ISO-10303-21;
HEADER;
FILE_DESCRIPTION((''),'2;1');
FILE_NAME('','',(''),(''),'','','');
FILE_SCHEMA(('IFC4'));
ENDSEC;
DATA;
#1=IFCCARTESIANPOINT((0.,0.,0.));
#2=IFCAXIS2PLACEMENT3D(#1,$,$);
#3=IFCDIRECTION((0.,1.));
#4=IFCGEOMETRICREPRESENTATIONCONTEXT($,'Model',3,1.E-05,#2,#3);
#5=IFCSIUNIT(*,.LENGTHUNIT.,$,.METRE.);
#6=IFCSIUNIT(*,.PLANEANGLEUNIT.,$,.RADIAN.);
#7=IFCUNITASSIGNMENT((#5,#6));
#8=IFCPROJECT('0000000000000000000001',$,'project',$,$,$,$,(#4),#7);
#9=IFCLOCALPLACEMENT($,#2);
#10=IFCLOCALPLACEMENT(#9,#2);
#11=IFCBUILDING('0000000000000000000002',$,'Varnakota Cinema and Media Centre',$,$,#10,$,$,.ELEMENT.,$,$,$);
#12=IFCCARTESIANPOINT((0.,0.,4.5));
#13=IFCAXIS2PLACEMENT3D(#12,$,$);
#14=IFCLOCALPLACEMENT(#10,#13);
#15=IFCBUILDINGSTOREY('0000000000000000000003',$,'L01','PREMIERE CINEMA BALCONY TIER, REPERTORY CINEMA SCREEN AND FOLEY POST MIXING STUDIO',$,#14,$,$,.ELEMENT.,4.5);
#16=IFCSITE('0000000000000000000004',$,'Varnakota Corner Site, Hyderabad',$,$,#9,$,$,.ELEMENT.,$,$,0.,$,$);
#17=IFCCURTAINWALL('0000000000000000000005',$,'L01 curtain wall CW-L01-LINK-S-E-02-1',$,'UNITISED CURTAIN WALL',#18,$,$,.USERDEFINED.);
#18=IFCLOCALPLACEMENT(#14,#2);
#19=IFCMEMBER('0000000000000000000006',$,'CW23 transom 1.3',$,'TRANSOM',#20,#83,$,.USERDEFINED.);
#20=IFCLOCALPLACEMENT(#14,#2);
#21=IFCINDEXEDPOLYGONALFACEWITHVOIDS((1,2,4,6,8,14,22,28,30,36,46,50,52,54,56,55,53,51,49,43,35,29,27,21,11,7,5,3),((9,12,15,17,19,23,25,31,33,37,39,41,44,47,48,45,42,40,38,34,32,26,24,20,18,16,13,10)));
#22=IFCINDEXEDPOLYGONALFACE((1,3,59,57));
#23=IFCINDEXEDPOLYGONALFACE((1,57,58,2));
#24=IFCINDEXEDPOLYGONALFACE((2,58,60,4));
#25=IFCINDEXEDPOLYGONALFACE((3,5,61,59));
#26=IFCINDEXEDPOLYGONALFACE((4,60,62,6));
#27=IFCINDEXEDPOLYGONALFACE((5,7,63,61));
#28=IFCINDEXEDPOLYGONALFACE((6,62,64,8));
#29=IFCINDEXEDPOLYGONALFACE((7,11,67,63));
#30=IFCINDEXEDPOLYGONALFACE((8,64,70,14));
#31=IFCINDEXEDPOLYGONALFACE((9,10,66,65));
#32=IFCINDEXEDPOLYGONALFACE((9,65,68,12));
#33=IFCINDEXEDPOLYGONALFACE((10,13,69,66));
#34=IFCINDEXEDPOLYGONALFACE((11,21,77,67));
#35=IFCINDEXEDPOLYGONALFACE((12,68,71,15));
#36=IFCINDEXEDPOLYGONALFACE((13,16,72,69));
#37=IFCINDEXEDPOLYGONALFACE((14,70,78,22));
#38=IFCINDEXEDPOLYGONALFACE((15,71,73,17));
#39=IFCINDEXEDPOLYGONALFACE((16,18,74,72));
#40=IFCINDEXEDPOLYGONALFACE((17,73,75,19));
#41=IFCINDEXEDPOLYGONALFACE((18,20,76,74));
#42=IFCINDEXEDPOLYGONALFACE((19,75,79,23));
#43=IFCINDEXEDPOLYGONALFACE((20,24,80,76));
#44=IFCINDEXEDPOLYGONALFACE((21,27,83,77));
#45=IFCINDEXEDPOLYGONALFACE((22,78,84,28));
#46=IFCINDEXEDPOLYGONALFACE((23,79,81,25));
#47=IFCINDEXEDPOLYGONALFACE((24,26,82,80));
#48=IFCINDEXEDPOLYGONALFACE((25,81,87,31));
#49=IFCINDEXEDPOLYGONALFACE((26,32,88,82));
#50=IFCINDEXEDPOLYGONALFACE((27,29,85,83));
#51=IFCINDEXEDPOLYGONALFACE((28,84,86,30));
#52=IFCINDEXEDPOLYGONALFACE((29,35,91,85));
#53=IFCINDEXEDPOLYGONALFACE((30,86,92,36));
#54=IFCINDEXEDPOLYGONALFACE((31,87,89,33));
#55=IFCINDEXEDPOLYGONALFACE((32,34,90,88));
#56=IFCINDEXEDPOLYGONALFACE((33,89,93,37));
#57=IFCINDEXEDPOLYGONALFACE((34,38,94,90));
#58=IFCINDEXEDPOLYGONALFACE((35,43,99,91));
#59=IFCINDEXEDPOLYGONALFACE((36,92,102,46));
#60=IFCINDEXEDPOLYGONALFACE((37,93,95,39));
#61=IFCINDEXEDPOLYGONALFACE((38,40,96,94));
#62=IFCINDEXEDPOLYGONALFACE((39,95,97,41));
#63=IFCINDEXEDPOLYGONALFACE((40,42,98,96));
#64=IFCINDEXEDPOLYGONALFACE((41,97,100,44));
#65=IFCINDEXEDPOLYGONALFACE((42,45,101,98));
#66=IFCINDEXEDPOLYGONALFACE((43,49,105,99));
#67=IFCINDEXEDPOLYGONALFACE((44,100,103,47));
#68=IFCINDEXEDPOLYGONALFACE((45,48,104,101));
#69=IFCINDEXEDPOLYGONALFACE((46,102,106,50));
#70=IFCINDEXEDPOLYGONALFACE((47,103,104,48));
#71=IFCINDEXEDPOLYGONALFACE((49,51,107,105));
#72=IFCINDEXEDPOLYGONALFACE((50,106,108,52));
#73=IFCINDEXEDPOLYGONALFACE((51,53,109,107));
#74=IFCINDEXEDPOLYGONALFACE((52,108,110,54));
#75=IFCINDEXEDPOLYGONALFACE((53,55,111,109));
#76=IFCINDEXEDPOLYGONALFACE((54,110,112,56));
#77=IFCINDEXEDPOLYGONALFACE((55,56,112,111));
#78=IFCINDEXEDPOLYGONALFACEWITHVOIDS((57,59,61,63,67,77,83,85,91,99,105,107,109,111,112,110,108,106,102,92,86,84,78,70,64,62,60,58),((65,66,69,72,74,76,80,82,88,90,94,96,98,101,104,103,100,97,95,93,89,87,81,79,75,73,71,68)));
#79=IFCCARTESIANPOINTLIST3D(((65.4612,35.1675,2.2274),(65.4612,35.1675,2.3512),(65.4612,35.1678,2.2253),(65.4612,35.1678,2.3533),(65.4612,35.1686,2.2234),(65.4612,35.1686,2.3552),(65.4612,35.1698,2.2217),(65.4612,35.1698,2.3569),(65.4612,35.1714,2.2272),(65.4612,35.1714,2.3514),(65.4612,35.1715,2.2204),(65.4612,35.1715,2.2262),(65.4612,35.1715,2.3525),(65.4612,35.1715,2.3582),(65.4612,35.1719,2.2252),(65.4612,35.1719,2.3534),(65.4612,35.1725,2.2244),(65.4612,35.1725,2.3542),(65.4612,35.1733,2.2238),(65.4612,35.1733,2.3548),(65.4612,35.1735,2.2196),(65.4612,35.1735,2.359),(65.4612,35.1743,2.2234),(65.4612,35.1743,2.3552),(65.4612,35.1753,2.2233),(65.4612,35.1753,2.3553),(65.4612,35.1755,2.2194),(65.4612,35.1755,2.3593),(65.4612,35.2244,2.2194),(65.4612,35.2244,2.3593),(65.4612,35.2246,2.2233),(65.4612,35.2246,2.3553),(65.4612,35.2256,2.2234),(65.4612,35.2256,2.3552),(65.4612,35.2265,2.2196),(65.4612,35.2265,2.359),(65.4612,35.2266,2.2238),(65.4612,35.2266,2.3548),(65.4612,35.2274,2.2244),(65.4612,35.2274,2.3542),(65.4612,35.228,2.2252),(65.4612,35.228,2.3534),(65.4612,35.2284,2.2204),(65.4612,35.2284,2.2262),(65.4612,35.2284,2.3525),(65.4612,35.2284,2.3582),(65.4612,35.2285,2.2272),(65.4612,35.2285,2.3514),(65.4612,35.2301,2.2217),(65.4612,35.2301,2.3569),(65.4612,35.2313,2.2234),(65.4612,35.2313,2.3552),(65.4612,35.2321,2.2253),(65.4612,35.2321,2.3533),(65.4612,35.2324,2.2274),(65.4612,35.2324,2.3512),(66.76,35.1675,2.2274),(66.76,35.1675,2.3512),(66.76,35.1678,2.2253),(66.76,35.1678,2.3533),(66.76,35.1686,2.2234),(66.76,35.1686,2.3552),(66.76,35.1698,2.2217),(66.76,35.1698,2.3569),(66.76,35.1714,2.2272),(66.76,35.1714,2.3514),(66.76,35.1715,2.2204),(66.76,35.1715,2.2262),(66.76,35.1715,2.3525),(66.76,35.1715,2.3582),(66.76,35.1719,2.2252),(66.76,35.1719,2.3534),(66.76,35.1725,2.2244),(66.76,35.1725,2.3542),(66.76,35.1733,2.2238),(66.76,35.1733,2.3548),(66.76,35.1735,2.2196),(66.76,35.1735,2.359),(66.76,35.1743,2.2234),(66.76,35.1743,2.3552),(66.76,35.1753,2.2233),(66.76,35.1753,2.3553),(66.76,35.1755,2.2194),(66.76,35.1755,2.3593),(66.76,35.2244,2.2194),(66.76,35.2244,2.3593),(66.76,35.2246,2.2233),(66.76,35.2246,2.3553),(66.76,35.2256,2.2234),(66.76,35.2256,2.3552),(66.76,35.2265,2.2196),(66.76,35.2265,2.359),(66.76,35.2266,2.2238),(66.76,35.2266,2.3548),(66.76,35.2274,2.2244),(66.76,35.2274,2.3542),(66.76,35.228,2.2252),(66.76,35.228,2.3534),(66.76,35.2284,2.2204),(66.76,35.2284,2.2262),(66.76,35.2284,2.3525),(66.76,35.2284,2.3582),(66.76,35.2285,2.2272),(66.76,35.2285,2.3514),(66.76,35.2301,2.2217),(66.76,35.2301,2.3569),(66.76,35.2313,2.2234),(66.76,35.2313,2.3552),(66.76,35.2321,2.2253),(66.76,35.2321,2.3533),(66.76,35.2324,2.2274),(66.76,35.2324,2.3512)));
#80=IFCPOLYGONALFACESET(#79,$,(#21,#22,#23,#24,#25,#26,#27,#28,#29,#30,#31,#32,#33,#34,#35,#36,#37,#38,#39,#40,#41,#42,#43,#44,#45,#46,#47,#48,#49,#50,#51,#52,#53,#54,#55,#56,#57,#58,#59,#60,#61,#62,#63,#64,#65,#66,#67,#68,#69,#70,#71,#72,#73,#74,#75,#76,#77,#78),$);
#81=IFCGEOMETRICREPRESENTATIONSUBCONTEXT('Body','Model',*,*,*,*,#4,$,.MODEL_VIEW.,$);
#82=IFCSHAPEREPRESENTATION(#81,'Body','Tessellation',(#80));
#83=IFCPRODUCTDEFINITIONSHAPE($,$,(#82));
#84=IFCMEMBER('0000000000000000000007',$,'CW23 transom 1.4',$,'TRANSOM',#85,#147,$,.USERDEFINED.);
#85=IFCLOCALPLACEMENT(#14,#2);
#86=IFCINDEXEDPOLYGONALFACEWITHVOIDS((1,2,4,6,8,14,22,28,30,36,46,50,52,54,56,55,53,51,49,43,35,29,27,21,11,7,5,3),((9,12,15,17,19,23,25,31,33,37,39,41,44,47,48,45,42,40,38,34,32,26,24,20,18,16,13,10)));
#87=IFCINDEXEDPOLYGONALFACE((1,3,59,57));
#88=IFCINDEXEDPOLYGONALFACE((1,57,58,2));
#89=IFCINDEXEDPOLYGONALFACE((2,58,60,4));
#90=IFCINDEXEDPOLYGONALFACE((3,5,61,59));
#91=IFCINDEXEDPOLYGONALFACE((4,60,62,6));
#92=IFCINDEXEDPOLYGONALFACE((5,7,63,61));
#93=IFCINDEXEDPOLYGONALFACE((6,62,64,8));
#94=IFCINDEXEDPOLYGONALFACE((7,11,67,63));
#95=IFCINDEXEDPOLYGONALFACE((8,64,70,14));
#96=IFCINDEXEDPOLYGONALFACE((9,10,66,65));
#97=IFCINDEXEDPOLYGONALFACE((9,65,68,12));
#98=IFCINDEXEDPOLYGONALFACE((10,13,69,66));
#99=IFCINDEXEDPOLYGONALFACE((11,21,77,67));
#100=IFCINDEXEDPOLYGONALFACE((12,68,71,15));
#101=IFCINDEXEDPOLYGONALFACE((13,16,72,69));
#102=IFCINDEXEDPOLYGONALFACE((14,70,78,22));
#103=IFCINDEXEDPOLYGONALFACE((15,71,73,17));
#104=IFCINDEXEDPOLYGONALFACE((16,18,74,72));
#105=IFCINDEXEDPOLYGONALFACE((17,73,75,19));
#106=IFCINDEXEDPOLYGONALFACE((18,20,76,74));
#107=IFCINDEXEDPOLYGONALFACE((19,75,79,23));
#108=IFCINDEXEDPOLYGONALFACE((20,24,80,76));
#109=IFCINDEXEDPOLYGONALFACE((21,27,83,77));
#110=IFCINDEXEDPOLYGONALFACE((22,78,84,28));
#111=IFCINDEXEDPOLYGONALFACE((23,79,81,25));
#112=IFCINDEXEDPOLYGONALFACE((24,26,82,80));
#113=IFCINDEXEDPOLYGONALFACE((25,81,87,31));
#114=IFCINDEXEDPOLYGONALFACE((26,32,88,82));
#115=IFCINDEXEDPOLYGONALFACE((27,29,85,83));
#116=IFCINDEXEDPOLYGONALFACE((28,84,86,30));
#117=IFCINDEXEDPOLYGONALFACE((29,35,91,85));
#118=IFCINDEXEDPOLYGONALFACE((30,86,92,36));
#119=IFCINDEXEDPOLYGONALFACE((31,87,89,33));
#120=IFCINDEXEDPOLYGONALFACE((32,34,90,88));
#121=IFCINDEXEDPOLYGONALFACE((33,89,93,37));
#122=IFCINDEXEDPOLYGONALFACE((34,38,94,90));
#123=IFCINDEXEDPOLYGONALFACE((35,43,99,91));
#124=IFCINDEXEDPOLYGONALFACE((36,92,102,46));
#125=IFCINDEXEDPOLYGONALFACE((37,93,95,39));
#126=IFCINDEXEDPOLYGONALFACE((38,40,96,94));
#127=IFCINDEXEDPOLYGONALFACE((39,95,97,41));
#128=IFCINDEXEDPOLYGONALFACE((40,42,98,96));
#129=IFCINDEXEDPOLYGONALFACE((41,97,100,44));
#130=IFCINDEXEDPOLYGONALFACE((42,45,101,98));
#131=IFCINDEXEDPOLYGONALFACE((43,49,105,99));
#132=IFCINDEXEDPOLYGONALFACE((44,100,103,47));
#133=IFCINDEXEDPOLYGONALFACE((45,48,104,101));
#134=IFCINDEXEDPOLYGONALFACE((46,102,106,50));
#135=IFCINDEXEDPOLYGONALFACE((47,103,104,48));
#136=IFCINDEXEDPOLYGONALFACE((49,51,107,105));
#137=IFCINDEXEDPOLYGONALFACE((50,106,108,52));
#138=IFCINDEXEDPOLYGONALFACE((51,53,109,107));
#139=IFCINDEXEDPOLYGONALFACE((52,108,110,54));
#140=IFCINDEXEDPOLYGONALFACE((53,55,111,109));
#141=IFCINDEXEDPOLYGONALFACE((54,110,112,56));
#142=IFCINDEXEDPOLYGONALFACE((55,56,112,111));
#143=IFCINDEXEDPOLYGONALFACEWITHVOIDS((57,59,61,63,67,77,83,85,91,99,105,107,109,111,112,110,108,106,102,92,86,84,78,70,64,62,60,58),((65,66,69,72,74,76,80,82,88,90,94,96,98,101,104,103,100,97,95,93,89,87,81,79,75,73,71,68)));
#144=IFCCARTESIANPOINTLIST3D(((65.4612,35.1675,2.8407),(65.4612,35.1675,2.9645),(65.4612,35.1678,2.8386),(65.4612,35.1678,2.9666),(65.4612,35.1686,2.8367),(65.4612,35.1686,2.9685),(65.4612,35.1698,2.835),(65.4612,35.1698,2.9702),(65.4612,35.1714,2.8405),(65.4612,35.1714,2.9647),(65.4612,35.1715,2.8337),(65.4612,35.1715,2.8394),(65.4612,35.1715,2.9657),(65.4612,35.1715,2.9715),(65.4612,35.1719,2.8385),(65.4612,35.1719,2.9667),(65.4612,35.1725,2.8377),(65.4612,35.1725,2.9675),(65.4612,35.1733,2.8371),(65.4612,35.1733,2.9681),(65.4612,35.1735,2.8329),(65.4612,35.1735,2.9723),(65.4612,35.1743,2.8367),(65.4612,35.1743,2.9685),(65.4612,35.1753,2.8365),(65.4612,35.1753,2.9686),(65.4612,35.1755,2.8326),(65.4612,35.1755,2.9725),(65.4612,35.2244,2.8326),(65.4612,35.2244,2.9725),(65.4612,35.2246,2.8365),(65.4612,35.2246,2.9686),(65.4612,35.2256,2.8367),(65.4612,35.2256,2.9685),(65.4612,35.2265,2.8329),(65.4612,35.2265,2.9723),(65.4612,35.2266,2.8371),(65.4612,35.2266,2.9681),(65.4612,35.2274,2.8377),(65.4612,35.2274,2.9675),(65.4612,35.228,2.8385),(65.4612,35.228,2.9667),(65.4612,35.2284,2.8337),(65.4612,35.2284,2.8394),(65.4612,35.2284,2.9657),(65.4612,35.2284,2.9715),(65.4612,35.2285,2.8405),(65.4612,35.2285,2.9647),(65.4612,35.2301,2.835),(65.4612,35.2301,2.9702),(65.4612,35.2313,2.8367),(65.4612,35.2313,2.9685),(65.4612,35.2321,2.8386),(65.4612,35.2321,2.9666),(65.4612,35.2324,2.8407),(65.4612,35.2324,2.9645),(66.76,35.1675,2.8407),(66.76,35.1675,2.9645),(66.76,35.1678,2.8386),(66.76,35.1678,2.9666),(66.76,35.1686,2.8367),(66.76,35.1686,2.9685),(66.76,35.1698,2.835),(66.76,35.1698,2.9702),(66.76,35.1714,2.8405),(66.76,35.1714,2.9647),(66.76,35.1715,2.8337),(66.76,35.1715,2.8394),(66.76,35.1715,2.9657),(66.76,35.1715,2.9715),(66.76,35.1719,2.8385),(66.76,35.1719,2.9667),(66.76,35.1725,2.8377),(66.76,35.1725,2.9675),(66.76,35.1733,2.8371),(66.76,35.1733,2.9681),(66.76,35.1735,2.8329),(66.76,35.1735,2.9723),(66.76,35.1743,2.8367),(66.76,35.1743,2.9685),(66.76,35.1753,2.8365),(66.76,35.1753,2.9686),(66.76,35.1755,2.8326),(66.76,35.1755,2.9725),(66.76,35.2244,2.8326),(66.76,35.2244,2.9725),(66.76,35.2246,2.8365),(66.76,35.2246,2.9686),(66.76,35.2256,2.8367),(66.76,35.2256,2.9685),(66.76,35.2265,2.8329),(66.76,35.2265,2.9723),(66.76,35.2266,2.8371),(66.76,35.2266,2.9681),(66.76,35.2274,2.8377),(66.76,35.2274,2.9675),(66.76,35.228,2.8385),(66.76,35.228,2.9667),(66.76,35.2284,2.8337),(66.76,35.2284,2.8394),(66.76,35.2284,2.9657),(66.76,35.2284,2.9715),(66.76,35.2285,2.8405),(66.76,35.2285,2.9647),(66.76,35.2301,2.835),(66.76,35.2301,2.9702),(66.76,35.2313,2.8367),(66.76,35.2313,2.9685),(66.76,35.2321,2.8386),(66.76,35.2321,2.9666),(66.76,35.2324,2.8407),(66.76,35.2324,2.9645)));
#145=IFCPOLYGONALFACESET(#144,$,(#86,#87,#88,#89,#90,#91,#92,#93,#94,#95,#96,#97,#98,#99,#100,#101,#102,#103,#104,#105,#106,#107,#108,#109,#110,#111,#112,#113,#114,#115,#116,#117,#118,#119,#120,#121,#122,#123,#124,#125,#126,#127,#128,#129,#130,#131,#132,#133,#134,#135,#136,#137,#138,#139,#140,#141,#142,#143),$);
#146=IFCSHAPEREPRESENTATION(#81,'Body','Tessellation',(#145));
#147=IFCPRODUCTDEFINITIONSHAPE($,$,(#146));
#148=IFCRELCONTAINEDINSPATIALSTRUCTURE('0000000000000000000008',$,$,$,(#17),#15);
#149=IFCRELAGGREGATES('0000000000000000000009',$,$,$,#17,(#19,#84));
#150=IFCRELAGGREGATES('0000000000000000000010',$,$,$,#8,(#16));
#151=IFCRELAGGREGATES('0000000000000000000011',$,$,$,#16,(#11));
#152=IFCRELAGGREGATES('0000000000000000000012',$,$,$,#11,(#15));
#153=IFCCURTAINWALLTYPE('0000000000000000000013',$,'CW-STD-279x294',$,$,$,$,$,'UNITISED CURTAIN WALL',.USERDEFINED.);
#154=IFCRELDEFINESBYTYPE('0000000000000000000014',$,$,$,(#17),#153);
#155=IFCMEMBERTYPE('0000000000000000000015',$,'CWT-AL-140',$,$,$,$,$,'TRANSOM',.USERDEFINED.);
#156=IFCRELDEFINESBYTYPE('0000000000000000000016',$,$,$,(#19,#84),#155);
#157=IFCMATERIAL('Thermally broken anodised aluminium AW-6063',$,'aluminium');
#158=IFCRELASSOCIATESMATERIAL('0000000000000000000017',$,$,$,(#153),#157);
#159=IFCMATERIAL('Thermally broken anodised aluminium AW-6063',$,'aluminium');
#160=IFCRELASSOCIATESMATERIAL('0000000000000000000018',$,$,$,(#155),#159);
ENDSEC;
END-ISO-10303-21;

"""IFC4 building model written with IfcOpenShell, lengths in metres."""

from ifc_helpers import new_model, si_unit, direction, frame, origin, origin_2d, place, context, subcontext, project, spatial, hollow_rectangle, extrude, material, material_profile, profile_set, type_object, element, aggregate, save


model = new_model("IFC4")

# Units and contexts
model_context = context("Model", 3, precision=1e-05, world=origin(), true_north=direction((0.0, 1.0)))
body_context = subcontext(model_context, "Body", "Model", "MODEL_VIEW")
ifc_project = project(units=[si_unit("LENGTHUNIT", "METRE"), si_unit("PLANEANGLEUNIT", "RADIAN")], contexts=[model_context])

# Site, building, storey
site_placement = place(None, origin())
site = spatial("IfcSite", under=ifc_project, at=site_placement, Name="Varnakota Corner Site, Hyderabad", CompositionType="ELEMENT", RefElevation=0.0)
building_placement = place(site_placement, origin())
building = spatial("IfcBuilding", under=site, at=building_placement, Name="Varnakota Cinema and Media Centre", CompositionType="ELEMENT")
storey_placement = place(building_placement, frame((0.0, 0.0, 4.5)))
storey = spatial("IfcBuildingStorey", under=building, at=storey_placement, Name="L01", Description="PREMIERE CINEMA BALCONY TIER, REPERTORY CINEMA SCREEN AND FOLEY POST MIXING STUDIO", CompositionType="ELEMENT", Elevation=4.5)

# Curtain wall
ifc_material_1 = material(Name="Thermally broken anodised aluminium AW-6063", Category="aluminium")
curtain_wall_type_1 = type_object("IfcCurtainWallType", Name="CW-STD-279x294", ElementType="UNITISED CURTAIN WALL", PredefinedType="USERDEFINED", material=ifc_material_1)
curtain_wall_1_placement = place(storey_placement, origin())
curtain_wall_1 = element("IfcCurtainWall", 1, at=curtain_wall_1_placement, inside=storey, type_object=curtain_wall_type_1, Name="L01 curtain wall CW-L01-LINK-S-E-02-1", ObjectType="UNITISED CURTAIN WALL", PredefinedType="USERDEFINED")

# Members
ifc_material_2 = material(Name="Thermally broken anodised aluminium AW-6063", Category="aluminium")
ifc_material_profile_1 = material_profile(ifc_material_2, hollow_rectangle(XDim=0.0649, YDim=0.1399, WallThickness=0.0039, InnerFilletRadius=0.0039, OuterFilletRadius=0.0081, at=origin_2d()), Name="AL-TRANSOM 140x65x4")
ifc_profile_set_1 = profile_set([ifc_material_profile_1], Name="Thermally broken anodised aluminium AW-6063")
member_type_1 = type_object("IfcMemberType", Name="CWT-AL-140", ElementType="TRANSOM", PredefinedType="USERDEFINED", material=ifc_profile_set_1)
member_1_placement = place(storey_placement, frame((66.76, 35.2, 2.2893), z_axis=(-1.0, 0.0, 0.0), x_axis=(0.0, -1.0, 0.0)))
member_1 = element("IfcMember", 2, at=member_1_placement, type_object=member_type_1, Name="CW23 transom 1.3", ObjectType="TRANSOM", PredefinedType="USERDEFINED", context=body_context, shape_type="SweptSolid", body=[
    extrude(hollow_rectangle(XDim=0.0649, YDim=0.1399, WallThickness=0.0039, InnerFilletRadius=0.0039, OuterFilletRadius=0.0081, at=origin_2d()), origin(), (0.0, 0.0, 1.0), 1.2988),
])
member_2_placement = place(storey_placement, frame((66.76, 35.2, 2.9026), z_axis=(-1.0, 0.0, 0.0), x_axis=(0.0, -1.0, 0.0)))
member_2 = element("IfcMember", 3, at=member_2_placement, type_object=member_type_1, Name="CW23 transom 1.4", ObjectType="TRANSOM", PredefinedType="USERDEFINED", context=body_context, shape_type="SweptSolid", body=[
    extrude(hollow_rectangle(XDim=0.0649, YDim=0.1399, WallThickness=0.0039, InnerFilletRadius=0.0039, OuterFilletRadius=0.0081, at=origin_2d()), origin(), (0.0, 0.0, 1.0), 1.2988),
])

aggregate(curtain_wall_1, [member_1, member_2])

save(model, "model.ifc")
